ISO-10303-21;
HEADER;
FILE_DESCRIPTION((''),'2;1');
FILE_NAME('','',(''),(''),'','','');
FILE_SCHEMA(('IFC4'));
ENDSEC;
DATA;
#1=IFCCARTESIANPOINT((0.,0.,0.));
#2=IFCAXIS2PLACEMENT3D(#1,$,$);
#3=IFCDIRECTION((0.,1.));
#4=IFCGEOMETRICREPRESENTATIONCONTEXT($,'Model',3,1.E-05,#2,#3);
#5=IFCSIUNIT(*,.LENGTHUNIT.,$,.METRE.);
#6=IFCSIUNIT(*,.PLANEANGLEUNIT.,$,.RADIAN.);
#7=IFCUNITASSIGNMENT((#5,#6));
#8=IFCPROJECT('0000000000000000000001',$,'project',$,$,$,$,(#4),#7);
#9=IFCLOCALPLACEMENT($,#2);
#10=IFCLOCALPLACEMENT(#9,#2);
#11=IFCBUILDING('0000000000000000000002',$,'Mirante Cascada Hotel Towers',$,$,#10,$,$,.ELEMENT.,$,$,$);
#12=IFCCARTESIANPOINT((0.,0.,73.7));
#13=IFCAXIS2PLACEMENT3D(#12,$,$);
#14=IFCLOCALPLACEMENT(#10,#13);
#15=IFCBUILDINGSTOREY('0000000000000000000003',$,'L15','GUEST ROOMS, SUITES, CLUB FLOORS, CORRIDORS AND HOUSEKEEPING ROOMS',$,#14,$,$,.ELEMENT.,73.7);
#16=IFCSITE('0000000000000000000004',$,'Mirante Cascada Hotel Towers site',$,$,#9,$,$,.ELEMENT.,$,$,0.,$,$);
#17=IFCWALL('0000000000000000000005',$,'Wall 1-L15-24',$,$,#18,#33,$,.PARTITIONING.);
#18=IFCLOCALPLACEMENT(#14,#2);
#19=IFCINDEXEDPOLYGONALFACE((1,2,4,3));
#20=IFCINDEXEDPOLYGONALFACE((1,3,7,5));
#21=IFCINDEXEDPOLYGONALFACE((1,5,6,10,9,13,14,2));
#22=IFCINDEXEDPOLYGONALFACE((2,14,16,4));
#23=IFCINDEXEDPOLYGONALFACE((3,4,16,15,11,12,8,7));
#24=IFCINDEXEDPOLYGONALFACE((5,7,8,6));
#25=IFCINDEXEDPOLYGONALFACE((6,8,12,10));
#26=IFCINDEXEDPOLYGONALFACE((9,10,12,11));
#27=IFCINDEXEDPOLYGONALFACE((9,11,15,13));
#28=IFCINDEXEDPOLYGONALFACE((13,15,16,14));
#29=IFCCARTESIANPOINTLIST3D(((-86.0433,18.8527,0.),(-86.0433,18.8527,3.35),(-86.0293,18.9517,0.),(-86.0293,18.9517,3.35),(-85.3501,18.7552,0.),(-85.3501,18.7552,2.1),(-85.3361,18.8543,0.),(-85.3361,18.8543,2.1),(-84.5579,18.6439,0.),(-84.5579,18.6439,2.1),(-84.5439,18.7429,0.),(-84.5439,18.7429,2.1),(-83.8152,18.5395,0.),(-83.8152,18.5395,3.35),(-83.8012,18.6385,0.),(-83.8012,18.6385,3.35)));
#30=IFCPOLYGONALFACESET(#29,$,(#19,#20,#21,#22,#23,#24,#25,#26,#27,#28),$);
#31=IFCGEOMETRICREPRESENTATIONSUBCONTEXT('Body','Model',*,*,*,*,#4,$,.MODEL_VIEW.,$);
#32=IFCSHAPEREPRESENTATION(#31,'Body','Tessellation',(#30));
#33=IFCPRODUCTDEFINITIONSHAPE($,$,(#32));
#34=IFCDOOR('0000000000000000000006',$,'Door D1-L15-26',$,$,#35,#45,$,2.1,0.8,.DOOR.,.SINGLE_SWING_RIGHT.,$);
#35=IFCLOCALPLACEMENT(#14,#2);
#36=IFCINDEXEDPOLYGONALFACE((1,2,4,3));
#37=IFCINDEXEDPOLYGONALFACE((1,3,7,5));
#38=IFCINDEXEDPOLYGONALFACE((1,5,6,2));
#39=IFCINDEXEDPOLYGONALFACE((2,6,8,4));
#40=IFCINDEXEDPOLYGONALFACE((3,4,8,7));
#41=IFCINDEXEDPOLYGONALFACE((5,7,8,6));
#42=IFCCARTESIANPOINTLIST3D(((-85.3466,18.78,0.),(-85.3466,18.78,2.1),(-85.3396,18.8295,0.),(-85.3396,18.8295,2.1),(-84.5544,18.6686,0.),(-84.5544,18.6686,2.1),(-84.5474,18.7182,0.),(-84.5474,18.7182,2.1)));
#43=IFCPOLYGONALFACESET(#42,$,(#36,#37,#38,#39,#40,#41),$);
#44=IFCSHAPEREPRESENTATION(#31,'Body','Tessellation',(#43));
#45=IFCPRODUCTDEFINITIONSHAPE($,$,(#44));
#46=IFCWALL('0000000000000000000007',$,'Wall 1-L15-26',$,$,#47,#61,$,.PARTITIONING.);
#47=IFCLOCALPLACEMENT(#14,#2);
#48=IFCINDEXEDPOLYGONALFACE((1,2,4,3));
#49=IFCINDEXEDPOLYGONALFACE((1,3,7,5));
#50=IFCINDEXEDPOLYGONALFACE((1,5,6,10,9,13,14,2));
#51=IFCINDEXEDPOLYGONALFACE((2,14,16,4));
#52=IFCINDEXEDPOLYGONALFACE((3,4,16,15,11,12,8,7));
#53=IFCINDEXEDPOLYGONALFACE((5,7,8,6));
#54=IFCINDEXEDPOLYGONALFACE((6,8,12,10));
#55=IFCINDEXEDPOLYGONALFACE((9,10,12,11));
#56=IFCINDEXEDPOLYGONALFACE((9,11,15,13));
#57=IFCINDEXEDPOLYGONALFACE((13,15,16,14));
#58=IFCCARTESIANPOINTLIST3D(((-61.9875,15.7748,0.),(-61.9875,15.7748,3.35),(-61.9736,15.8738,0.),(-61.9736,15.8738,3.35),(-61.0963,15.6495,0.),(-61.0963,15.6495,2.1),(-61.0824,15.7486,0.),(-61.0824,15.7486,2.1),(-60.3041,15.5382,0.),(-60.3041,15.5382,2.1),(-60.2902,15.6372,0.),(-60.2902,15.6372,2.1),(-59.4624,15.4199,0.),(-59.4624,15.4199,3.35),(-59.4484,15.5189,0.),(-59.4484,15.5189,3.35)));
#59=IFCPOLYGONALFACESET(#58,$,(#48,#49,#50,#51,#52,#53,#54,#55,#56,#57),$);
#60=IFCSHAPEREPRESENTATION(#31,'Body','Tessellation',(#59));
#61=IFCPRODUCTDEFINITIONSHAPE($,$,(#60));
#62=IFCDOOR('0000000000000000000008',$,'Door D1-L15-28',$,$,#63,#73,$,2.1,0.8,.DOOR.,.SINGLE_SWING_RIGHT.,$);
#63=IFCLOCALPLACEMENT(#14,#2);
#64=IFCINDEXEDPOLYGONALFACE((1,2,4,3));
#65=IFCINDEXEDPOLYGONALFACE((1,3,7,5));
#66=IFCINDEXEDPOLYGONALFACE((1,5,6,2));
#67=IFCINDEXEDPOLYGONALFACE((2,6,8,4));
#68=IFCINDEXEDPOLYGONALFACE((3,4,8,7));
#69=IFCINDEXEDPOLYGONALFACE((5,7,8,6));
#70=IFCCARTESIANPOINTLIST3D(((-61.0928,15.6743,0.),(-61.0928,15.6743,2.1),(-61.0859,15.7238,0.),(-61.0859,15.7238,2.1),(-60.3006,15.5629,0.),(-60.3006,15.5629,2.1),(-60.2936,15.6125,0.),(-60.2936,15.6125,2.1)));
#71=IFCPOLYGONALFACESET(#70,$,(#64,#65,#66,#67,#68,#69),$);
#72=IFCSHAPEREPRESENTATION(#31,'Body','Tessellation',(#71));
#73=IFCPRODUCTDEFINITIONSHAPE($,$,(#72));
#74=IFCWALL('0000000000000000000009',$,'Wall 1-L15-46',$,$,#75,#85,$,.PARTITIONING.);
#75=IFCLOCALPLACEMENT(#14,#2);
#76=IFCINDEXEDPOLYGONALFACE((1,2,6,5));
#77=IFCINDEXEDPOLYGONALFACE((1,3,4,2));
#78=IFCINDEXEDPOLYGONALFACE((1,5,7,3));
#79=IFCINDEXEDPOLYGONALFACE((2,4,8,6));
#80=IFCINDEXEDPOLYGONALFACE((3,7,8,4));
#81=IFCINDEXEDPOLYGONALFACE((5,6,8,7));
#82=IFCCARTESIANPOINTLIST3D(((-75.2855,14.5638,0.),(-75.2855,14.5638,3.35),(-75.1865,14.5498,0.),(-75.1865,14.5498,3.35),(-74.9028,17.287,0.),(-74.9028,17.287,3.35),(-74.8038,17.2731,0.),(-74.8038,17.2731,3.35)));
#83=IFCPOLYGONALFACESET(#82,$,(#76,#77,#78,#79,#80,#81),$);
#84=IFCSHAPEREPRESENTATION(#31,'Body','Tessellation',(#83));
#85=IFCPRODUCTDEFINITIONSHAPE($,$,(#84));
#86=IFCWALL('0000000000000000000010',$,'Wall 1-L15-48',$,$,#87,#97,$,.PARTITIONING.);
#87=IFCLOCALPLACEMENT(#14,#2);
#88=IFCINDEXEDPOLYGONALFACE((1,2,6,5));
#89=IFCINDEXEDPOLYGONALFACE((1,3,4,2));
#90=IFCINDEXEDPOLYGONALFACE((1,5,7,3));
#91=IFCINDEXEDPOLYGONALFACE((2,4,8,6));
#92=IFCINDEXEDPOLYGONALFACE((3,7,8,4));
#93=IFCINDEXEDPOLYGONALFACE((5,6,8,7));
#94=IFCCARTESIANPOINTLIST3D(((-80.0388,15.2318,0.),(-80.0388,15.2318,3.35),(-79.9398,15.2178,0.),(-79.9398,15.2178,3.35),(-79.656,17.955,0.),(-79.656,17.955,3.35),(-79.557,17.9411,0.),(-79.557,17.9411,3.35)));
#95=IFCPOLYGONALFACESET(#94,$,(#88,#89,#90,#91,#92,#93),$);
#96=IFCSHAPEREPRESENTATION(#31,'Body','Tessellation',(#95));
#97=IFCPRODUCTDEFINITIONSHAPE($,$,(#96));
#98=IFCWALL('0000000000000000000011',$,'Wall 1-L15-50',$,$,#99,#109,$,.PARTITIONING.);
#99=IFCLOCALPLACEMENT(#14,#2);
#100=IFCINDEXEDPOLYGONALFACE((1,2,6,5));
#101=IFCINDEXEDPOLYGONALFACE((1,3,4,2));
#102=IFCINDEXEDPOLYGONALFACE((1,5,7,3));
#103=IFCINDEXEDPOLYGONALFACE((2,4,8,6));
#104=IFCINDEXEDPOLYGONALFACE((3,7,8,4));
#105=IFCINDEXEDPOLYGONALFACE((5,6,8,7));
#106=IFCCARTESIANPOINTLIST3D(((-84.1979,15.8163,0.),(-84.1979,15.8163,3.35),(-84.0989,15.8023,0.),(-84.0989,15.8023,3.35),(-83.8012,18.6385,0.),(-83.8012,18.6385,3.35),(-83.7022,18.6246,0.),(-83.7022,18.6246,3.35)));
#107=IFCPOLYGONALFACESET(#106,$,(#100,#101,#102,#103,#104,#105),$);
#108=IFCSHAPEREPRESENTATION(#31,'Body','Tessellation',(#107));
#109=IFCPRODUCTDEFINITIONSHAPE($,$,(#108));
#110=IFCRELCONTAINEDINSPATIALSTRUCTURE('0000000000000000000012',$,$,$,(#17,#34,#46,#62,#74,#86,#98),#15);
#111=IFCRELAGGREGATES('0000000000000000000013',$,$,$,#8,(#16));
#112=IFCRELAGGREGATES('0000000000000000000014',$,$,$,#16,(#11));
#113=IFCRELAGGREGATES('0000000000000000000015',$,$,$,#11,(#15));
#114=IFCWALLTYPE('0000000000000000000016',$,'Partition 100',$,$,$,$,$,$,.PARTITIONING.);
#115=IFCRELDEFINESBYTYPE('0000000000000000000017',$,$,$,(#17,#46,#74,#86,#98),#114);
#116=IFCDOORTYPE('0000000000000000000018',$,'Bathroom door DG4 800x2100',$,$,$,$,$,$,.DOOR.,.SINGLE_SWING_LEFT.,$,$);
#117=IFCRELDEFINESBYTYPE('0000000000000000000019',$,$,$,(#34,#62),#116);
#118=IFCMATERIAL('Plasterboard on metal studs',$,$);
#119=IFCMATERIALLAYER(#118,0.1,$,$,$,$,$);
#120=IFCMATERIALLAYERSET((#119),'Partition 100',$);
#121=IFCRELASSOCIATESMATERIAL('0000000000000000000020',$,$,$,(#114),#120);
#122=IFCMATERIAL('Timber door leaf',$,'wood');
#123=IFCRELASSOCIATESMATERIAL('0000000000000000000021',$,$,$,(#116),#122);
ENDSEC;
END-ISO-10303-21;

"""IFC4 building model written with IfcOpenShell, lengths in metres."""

from ifc_helpers import new_model, si_unit, direction, frame, frame_2d, origin, place, context, subcontext, project, spatial, rectangle, extrude, material, layer, layer_set, type_object, element, fill, save


model = new_model("IFC4")

# Units and contexts
model_context = context("Model", 3, precision=1e-05, world=origin(), true_north=direction((0.0, 1.0)))
body_context = subcontext(model_context, "Body", "Model", "MODEL_VIEW")
ifc_project = project(units=[si_unit("LENGTHUNIT", "METRE"), si_unit("PLANEANGLEUNIT", "RADIAN")], contexts=[model_context])

# Site, building, storey
site_placement = place(None, origin())
site = spatial("IfcSite", under=ifc_project, at=site_placement, Name="Mirante Cascada Hotel Towers site", CompositionType="ELEMENT", RefElevation=0.0)
building_placement = place(site_placement, origin())
building = spatial("IfcBuilding", under=site, at=building_placement, Name="Mirante Cascada Hotel Towers", CompositionType="ELEMENT")
storey_placement = place(building_placement, frame((0.0, 0.0, 73.7)))
storey = spatial("IfcBuildingStorey", under=building, at=storey_placement, Name="L15", Description="GUEST ROOMS, SUITES, CLUB FLOORS, CORRIDORS AND HOUSEKEEPING ROOMS", CompositionType="ELEMENT", Elevation=73.7)

# Shared definitions
ifc_material_1 = material(Name="Plasterboard on metal studs")
ifc_layer_1 = layer(ifc_material_1, 0.1)
ifc_layer_set_1 = layer_set([ifc_layer_1], Name="Partition 100")
wall_type_1 = type_object("IfcWallType", Name="Partition 100", PredefinedType="PARTITIONING", material=ifc_layer_set_1)
ifc_material_2 = material(Name="Timber door leaf", Category="wood")
door_type = type_object("IfcDoorType", Name="Bathroom door DG4 800x2100", OperationType="SINGLE_SWING_LEFT", PredefinedType="DOOR", material=ifc_material_2)

# Walls, openings, doors
wall_1_placement = place(storey_placement, frame((-83.8082, 18.589, 0.0), z_axis=(0.0, 0.0, 1.0), x_axis=(-0.990264, 0.1392, 0.0)))
wall_1 = element("IfcWall", 1, at=wall_1_placement, inside=storey, type_object=wall_type_1, Name="Wall 1-L15-24", PredefinedType="PARTITIONING", context=body_context, shape_type="SweptSolid", body=[
    extrude(rectangle(XDim=2.25, YDim=0.1, at=frame_2d((1.125, 0.0))), origin(), (0.0, 0.0, 1.0), 3.35),
])
opening_1_placement = place(wall_1_placement, frame((0.75, 0.0, 0.0)))
opening_1 = element("IfcOpeningElement", 2, at=opening_1_placement, cuts=wall_1, PredefinedType="OPENING", context=body_context, shape_type="SweptSolid", body=[
    extrude(rectangle(XDim=0.8, YDim=2.1, at=frame_2d((0.4, 1.05))), frame((0.0, 0.05, 0.0), z_axis=(0.0, -1.0, 0.0), x_axis=(1.0, 0.0, 0.0)), (0.0, 0.0, 1.0), 0.1),
])
door_1_placement = place(opening_1_placement, frame((0.8, 0.0, 0.0), z_axis=(0.0, 0.0, 1.0), x_axis=(-1.0, 0.0, 0.0)))
door_1 = element("IfcDoor", 3, at=door_1_placement, inside=storey, type_object=door_type, Name="Door D1-L15-26", OperationType="SINGLE_SWING_RIGHT", OverallHeight=2.1, OverallWidth=0.8, PredefinedType="DOOR", context=body_context, shape_type="SweptSolid", body=[
    extrude(rectangle(XDim=0.8, YDim=2.1, at=frame_2d((0.4, 1.05))), frame((0.0, 0.025, 0.0), z_axis=(0.0, -1.0, 0.0), x_axis=(1.0, 0.0, 0.0)), (0.0, 0.0, 1.0), 0.05),
])
fill(opening_1, door_1)
wall_2_placement = place(storey_placement, frame((-59.4554, 15.4694, 0.0), z_axis=(0.0, 0.0, 1.0), x_axis=(-0.990268, 0.139176, 0.0)))
wall_2 = element("IfcWall", 4, at=wall_2_placement, inside=storey, type_object=wall_type_1, Name="Wall 1-L15-26", PredefinedType="PARTITIONING", context=body_context, shape_type="SweptSolid", body=[
    extrude(rectangle(XDim=2.55, YDim=0.1, at=frame_2d((1.275, 0.0))), origin(), (0.0, 0.0, 1.0), 3.35),
])
opening_2_placement = place(wall_2_placement, frame((0.85, 0.0, 0.0)))
opening_2 = element("IfcOpeningElement", 5, at=opening_2_placement, cuts=wall_2, PredefinedType="OPENING", context=body_context, shape_type="SweptSolid", body=[
    extrude(rectangle(XDim=0.8, YDim=2.1, at=frame_2d((0.4, 1.05))), frame((0.0, 0.05, 0.0), z_axis=(0.0, -1.0, 0.0), x_axis=(1.0, 0.0, 0.0)), (0.0, 0.0, 1.0), 0.1),
])
door_2_placement = place(opening_2_placement, frame((0.8, 0.0, 0.0), z_axis=(0.0, 0.0, 1.0), x_axis=(-1.0, 0.0, 0.0)))
door_2 = element("IfcDoor", 6, at=door_2_placement, inside=storey, type_object=door_type, Name="Door D1-L15-28", OperationType="SINGLE_SWING_RIGHT", OverallHeight=2.1, OverallWidth=0.8, PredefinedType="DOOR", context=body_context, shape_type="SweptSolid", body=[
    extrude(rectangle(XDim=0.8, YDim=2.1, at=frame_2d((0.4, 1.05))), frame((0.0, 0.025, 0.0), z_axis=(0.0, -1.0, 0.0), x_axis=(1.0, 0.0, 0.0)), (0.0, 0.0, 1.0), 0.05),
])
fill(opening_2, door_2)

# Walls
for number, where, z_axis, x_axis, name in (
    (7, (-75.236, 14.5568, 0.0), (0.0, 0.0, 1.0), (0.139166, 0.990269, 0.0), "Wall 1-L15-46"),
    (8, (-79.9893, 15.2248, 0.0), (0.0, 0.0, 1.0), (0.139201, 0.990264, 0.0), "Wall 1-L15-48"),
):
    element("IfcWall", number, at=place(storey_placement, frame(where, z_axis=z_axis, x_axis=x_axis)), inside=storey, type_object=wall_type_1, Name=name, PredefinedType="PARTITIONING", context=body_context, shape_type="SweptSolid", body=[
        extrude(rectangle(XDim=2.75, YDim=0.1, at=frame_2d((1.375, 0.0))), origin(), (0.0, 0.0, 1.0), 3.35),
    ])
wall_3_placement = place(storey_placement, frame((-84.1484, 15.8093, 0.0), z_axis=(0.0, 0.0, 1.0), x_axis=(0.139191, 0.990266, 0.0)))
element("IfcWall", 9, at=wall_3_placement, inside=storey, type_object=wall_type_1, Name="Wall 1-L15-50", PredefinedType="PARTITIONING", context=body_context, shape_type="SweptSolid", body=[
    extrude(rectangle(XDim=2.85, YDim=0.1, at=frame_2d((1.425, 0.0))), origin(), (0.0, 0.0, 1.0), 3.35),
])

save(model, "model.ifc")
